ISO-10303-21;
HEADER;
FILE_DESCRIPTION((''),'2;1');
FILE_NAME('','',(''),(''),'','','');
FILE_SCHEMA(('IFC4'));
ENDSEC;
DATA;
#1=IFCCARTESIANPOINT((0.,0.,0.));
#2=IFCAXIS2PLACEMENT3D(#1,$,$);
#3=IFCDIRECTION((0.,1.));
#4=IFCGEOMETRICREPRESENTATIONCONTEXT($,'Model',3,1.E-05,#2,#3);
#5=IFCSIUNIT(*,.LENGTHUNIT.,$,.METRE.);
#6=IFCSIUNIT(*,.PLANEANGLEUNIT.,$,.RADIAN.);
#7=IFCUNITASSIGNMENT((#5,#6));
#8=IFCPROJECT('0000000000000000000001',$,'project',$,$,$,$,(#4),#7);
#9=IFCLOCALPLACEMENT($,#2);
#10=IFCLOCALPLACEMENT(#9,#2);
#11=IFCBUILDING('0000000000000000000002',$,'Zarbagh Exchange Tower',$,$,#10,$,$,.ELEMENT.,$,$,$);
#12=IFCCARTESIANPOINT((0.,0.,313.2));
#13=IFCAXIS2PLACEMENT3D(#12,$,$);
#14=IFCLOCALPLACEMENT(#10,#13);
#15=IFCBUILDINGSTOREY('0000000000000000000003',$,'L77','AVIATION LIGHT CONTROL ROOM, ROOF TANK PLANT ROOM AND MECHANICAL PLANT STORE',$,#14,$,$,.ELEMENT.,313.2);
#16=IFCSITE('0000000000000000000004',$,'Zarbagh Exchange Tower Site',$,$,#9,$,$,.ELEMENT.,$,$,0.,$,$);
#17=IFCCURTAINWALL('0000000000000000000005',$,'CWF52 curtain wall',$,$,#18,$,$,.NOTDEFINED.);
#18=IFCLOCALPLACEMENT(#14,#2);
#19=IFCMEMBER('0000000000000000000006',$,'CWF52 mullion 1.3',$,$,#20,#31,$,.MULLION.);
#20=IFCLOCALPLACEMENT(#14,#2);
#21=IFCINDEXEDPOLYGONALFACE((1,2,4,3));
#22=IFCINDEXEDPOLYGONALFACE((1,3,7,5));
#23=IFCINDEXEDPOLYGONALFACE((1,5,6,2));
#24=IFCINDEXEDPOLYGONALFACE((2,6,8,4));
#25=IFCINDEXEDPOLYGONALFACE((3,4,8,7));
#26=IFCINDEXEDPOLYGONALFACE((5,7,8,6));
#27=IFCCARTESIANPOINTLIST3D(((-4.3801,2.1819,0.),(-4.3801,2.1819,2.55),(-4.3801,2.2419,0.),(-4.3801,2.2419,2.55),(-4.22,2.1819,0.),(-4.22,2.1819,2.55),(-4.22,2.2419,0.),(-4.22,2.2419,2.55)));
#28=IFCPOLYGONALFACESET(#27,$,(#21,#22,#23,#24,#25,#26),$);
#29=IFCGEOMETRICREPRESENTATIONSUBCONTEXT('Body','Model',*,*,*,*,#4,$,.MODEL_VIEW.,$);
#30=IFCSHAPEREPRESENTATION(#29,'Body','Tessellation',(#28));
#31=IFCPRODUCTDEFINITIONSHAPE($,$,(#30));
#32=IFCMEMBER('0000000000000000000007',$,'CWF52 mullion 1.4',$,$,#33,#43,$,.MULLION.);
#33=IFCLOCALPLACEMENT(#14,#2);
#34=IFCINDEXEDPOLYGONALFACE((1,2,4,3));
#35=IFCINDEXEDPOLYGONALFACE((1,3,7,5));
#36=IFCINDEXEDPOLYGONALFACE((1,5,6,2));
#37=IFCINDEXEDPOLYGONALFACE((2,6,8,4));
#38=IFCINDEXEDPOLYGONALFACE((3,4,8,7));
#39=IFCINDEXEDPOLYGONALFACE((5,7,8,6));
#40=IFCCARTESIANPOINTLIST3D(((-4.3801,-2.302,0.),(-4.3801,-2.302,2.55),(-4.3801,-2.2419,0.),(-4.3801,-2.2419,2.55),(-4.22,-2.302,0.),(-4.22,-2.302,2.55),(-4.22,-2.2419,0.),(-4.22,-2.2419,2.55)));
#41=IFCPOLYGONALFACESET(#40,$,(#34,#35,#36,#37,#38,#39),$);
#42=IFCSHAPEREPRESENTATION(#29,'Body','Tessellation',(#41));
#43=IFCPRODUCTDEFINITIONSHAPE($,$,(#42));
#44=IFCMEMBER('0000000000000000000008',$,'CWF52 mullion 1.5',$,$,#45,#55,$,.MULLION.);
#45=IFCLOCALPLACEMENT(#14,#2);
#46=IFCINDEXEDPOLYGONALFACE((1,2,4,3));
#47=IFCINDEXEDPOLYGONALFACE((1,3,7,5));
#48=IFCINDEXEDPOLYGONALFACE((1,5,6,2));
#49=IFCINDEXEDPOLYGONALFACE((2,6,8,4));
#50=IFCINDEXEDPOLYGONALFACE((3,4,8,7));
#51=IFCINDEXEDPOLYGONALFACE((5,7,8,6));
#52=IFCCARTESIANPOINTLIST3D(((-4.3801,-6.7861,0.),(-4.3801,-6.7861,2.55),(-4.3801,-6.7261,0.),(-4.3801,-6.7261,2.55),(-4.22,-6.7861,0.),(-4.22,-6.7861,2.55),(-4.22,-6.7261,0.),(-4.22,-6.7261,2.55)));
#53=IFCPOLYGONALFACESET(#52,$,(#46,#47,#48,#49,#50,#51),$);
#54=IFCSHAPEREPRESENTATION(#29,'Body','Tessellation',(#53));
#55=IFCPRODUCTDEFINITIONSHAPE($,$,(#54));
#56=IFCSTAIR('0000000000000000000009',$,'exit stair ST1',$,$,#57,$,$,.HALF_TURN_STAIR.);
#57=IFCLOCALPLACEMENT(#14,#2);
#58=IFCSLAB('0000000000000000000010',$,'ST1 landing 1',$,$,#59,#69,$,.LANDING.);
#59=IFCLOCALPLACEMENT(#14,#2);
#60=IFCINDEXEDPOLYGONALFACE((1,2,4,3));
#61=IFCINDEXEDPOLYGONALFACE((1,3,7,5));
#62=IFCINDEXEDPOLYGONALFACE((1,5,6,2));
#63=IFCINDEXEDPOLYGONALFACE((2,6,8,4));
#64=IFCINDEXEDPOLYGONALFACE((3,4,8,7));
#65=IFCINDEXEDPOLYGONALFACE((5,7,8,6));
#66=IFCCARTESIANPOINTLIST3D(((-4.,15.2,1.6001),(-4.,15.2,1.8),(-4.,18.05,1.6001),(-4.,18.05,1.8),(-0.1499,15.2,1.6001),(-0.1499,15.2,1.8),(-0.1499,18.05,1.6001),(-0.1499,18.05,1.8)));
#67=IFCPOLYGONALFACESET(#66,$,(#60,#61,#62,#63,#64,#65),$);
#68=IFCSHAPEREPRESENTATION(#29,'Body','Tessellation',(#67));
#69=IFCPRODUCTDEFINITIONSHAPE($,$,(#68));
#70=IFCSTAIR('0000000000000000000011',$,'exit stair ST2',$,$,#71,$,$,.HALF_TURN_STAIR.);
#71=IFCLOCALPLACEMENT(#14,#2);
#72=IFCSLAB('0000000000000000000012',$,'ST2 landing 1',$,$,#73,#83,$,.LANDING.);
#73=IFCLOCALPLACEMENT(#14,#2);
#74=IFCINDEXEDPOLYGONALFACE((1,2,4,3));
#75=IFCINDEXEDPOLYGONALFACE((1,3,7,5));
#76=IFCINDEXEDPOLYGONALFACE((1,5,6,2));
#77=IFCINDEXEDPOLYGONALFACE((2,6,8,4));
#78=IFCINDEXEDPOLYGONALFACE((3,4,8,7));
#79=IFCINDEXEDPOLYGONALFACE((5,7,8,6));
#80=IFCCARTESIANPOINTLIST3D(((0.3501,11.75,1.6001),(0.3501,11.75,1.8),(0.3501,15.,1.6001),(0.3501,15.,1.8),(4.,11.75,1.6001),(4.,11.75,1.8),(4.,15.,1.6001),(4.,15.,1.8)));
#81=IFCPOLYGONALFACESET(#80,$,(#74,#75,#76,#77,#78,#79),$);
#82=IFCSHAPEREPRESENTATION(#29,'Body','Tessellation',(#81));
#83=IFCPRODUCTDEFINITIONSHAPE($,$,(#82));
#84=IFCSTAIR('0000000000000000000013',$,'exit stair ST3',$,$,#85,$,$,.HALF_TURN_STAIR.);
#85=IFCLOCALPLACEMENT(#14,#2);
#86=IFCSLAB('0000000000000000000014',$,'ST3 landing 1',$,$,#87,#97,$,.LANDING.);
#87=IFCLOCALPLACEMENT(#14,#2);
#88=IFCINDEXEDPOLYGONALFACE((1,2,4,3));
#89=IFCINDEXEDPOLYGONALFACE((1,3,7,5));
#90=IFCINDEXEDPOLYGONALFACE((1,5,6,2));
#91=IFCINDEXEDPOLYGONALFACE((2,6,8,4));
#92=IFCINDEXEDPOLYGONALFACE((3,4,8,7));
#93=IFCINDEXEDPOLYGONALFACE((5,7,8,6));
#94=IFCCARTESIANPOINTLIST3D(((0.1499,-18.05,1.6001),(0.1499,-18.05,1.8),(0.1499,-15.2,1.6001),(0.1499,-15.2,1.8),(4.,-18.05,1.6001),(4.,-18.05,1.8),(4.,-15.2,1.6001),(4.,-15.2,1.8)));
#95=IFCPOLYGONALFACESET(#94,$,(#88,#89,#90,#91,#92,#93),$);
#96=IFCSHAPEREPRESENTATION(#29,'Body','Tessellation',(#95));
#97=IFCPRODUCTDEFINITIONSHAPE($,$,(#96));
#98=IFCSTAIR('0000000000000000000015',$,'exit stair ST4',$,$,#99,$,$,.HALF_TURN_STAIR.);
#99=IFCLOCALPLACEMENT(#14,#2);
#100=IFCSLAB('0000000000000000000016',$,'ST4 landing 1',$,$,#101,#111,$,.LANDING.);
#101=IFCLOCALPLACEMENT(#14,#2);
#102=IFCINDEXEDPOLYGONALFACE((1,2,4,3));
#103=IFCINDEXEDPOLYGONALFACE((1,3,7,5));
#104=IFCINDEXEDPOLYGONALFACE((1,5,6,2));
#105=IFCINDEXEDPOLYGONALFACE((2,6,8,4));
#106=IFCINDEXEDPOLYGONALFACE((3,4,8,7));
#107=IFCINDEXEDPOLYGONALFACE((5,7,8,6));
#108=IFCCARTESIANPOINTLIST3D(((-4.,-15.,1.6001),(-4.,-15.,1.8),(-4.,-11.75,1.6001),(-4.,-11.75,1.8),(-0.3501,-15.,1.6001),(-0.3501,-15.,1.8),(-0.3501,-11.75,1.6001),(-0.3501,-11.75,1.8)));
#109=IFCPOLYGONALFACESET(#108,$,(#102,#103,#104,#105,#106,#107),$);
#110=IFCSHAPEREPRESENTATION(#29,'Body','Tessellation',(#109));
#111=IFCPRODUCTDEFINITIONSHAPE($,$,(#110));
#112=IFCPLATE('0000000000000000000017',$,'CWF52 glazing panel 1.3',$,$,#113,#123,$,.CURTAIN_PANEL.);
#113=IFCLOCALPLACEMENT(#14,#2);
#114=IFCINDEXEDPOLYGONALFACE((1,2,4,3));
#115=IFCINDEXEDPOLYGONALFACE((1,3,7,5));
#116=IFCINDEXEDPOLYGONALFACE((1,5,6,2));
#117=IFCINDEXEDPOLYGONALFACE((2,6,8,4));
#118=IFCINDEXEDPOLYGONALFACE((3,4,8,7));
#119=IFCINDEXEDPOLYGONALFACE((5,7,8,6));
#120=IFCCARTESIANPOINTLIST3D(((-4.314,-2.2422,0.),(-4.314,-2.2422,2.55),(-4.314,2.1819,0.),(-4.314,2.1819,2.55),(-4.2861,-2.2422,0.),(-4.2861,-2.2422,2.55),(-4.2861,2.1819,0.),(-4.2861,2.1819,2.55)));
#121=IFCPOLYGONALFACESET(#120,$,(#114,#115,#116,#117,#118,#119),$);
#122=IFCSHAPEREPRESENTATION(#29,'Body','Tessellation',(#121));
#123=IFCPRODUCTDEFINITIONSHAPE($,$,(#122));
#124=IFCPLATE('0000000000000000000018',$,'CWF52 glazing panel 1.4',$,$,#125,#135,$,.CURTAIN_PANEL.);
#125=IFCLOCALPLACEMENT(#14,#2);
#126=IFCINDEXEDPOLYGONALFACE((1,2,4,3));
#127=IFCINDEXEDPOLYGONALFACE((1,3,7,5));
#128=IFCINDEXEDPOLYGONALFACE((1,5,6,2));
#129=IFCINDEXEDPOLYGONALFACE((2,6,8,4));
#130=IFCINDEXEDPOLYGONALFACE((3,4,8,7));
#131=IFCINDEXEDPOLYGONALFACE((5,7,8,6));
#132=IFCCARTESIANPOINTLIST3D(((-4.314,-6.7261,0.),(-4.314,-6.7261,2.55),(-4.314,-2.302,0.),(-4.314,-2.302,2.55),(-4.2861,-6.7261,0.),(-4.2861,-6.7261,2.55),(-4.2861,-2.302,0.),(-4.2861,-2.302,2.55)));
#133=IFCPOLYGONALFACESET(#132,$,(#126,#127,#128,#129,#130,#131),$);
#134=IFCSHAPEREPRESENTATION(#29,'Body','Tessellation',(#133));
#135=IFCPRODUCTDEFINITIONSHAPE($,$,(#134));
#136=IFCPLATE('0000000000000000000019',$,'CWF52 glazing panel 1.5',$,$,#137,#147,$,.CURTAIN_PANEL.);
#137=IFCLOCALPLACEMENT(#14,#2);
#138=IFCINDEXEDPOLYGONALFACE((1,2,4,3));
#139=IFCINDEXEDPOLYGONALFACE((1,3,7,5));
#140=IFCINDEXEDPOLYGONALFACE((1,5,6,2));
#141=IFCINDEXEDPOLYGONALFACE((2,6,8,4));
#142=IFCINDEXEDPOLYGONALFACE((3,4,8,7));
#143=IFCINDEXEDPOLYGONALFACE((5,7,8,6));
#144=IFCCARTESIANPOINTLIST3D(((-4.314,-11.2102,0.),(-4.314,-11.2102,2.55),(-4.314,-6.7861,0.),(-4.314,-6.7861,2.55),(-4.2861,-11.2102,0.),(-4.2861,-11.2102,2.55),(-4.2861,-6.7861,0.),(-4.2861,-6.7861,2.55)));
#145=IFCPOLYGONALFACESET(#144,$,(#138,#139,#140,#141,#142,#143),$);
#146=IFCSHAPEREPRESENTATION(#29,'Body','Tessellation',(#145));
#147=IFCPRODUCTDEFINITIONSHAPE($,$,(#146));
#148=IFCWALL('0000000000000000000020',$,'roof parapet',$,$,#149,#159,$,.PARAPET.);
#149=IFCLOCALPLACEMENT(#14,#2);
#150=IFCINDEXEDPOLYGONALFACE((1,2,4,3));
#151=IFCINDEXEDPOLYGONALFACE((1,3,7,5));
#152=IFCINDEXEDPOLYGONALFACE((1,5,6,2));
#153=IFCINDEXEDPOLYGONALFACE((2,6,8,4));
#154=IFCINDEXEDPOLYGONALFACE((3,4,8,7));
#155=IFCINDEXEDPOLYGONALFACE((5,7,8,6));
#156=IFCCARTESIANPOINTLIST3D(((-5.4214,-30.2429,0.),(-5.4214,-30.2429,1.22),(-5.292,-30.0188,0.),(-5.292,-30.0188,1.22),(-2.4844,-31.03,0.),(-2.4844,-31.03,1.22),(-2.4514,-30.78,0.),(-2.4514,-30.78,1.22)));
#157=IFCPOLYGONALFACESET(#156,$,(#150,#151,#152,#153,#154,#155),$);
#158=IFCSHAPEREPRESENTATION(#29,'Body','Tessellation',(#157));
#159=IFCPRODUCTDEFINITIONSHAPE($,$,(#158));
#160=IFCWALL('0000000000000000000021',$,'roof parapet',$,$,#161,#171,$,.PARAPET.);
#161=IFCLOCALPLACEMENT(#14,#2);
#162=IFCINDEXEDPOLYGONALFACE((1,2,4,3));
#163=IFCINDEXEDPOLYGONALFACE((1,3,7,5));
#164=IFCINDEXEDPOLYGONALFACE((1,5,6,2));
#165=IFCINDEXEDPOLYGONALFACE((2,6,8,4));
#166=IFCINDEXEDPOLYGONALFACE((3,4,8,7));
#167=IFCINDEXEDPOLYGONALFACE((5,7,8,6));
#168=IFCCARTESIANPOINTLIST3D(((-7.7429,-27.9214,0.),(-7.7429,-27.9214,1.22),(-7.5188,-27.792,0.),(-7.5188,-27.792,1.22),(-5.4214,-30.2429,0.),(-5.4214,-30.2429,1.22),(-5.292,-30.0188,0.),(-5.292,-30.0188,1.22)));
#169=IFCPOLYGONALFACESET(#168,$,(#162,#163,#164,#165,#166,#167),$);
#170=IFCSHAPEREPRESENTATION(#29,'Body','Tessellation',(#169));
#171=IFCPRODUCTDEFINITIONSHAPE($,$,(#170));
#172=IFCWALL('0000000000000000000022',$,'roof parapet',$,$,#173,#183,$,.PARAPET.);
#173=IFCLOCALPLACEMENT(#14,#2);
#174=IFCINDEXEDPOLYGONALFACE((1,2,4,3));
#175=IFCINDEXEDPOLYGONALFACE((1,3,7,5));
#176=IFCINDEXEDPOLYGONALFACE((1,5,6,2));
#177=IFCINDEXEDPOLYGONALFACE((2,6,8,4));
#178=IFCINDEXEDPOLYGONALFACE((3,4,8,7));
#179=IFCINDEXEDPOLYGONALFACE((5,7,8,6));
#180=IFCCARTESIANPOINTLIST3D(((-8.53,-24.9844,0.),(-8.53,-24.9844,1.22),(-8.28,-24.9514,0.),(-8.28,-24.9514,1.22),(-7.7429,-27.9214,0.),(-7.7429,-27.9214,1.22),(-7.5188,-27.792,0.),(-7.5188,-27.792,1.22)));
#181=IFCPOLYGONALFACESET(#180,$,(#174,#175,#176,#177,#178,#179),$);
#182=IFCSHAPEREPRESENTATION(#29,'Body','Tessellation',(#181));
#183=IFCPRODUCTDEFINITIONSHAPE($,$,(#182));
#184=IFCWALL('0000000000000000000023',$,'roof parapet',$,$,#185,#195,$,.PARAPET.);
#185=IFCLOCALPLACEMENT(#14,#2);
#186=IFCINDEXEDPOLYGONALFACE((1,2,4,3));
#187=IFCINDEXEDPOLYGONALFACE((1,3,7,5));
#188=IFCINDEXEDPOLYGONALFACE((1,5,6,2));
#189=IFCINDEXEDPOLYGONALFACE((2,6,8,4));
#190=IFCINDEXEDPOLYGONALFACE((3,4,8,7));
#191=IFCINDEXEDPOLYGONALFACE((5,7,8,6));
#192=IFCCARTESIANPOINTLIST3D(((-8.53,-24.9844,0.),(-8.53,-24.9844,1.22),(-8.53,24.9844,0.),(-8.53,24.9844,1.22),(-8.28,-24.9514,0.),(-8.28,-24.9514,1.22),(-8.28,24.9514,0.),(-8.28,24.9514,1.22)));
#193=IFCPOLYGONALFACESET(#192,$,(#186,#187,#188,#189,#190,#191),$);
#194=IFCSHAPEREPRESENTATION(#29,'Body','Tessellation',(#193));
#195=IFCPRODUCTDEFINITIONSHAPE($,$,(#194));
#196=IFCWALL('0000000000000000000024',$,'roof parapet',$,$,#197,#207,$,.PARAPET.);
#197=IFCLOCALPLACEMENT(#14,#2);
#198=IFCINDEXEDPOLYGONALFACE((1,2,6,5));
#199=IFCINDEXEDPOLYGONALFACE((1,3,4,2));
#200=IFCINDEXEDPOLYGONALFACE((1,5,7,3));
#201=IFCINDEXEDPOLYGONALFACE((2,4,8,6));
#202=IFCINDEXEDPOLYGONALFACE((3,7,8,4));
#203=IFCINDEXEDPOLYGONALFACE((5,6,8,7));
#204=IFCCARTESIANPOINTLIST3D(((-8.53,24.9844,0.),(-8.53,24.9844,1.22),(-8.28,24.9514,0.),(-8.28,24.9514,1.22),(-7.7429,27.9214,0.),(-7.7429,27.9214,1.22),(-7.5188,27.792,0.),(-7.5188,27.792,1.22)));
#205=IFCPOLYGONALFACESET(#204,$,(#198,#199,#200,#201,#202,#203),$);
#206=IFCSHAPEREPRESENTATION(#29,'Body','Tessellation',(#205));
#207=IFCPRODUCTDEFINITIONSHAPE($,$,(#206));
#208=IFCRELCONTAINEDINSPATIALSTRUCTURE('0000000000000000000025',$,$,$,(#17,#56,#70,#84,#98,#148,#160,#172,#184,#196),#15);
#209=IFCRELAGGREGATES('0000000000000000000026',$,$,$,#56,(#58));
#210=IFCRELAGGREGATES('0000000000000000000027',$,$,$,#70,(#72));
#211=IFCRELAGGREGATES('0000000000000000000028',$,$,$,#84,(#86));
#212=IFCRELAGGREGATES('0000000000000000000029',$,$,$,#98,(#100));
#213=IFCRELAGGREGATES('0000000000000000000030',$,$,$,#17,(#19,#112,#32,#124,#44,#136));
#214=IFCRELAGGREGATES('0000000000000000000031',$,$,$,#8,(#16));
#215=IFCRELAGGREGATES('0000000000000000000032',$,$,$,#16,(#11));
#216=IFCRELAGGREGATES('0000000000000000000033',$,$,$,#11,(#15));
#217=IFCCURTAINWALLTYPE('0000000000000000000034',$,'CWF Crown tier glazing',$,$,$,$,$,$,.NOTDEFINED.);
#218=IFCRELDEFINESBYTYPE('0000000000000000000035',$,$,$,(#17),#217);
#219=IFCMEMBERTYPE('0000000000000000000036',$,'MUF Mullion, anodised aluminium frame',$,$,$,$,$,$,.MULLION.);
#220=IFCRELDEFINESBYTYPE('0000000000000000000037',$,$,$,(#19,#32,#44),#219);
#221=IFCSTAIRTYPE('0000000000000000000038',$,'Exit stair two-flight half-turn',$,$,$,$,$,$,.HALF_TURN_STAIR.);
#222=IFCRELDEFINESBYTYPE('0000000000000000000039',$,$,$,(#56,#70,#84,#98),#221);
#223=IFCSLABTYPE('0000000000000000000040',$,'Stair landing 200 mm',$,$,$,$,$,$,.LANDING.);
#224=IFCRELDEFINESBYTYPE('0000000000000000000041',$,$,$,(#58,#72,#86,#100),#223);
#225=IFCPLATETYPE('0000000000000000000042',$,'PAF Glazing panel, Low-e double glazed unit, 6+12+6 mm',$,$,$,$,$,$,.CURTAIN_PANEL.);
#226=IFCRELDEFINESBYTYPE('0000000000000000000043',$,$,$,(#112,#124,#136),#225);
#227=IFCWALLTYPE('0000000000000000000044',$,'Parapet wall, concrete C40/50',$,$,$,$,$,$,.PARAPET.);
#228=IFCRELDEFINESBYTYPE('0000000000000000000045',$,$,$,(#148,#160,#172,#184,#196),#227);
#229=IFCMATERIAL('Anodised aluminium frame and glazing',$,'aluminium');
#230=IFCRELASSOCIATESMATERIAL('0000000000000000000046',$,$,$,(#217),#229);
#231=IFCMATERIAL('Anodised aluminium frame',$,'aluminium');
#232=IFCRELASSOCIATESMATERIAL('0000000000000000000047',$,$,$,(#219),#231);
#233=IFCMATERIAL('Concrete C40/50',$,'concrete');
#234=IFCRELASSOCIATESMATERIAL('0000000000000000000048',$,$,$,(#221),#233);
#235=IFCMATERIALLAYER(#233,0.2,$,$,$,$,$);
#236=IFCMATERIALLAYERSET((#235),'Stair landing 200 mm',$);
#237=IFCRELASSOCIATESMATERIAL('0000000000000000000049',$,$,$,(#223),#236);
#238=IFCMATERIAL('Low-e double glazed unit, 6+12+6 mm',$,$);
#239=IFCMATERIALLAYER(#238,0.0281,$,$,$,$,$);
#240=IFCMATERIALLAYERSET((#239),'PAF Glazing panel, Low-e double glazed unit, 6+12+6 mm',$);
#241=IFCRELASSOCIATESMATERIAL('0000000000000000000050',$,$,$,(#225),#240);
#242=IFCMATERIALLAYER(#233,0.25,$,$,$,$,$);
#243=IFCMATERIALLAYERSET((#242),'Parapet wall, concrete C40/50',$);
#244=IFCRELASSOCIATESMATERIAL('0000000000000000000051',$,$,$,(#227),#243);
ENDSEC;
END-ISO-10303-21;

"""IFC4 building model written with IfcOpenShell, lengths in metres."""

from ifc_helpers import new_model, si_unit, direction, frame, origin, place, context, subcontext, project, spatial, polyline, outline, extrude, source, transform, mapped, material, layer, layer_set, type_object, element, aggregate, save


model = new_model("IFC4")

# Units and contexts
model_context = context("Model", 3, precision=1e-05, world=origin(), true_north=direction((0.0, 1.0)))
body_context = subcontext(model_context, "Body", "Model", "MODEL_VIEW")
ifc_project = project(units=[si_unit("LENGTHUNIT", "METRE"), si_unit("PLANEANGLEUNIT", "RADIAN")], contexts=[model_context])

# Site, building, storey
site_placement = place(None, origin())
site = spatial("IfcSite", under=ifc_project, at=site_placement, Name="Zarbagh Exchange Tower Site", CompositionType="ELEMENT", RefElevation=0.0)
building_placement = place(site_placement, origin())
building = spatial("IfcBuilding", under=site, at=building_placement, Name="Zarbagh Exchange Tower", CompositionType="ELEMENT")
storey_placement = place(building_placement, frame((0.0, 0.0, 313.2)))
storey = spatial("IfcBuildingStorey", under=building, at=storey_placement, Name="L77", Description="AVIATION LIGHT CONTROL ROOM, ROOF TANK PLANT ROOM AND MECHANICAL PLANT STORE", CompositionType="ELEMENT", Elevation=313.2)

# Curtain wall, members
ifc_material_1 = material(Name="Anodised aluminium frame and glazing", Category="aluminium")
curtain_wall_type = type_object("IfcCurtainWallType", Name="CWF Crown tier glazing", PredefinedType="NOTDEFINED", material=ifc_material_1)
curtain_wall_placement = place(storey_placement, origin())
curtain_wall = element("IfcCurtainWall", 1, at=curtain_wall_placement, inside=storey, type_object=curtain_wall_type, Name="CWF52 curtain wall", PredefinedType="NOTDEFINED")
ifc_material_2 = material(Name="Anodised aluminium frame", Category="aluminium")
member_type = type_object("IfcMemberType", Name="MUF Mullion, anodised aluminium frame", PredefinedType="MULLION", material=ifc_material_2)
shared_shape_1 = source(origin(), body_context, "Body", "SweptSolid", [
    extrude(outline(polyline([(0.0, -0.0801), (0.0601, -0.0801), (0.0601, 0.0801), (0.0, 0.0801), (0.0, -0.0801)])), origin(), (0.0, 0.0, 1.0), 2.55),
])
placement = place(storey_placement, origin())
member_1 = element("IfcMember", 2, at=placement, type_object=member_type, Name="CWF52 mullion 1.3", PredefinedType="MULLION", context=body_context, shape_type="MappedRepresentation", body=[
    mapped(shared_shape_1, transform((-4.3, 2.2419, 0.0), x_axis=(0.0, -1.0, 0.0), y_axis=(1.0, 0.0, 0.0), z_axis=(0.0, 0.0, 1.0))),
])
member_2 = element("IfcMember", 3, at=placement, type_object=member_type, Name="CWF52 mullion 1.4", PredefinedType="MULLION", context=body_context, shape_type="MappedRepresentation", body=[
    mapped(shared_shape_1, transform((-4.3, -2.2419, 0.0), x_axis=(0.0, -1.0, 0.0), y_axis=(1.0, 0.0, 0.0), z_axis=(0.0, 0.0, 1.0))),
])
member_3 = element("IfcMember", 4, at=placement, type_object=member_type, Name="CWF52 mullion 1.5", PredefinedType="MULLION", context=body_context, shape_type="MappedRepresentation", body=[
    mapped(shared_shape_1, transform((-4.3, -6.7261, 0.0), x_axis=(0.0, -1.0, 0.0), y_axis=(1.0, 0.0, 0.0), z_axis=(0.0, 0.0, 1.0))),
])

# Stairs, slabs
ifc_material_3 = material(Name="Concrete C40/50", Category="concrete")
stair_type = type_object("IfcStairType", Name="Exit stair two-flight half-turn", PredefinedType="HALF_TURN_STAIR", material=ifc_material_3)
stair_1_placement = place(storey_placement, origin())
stair_1 = element("IfcStair", 5, at=stair_1_placement, inside=storey, type_object=stair_type, Name="exit stair ST1", PredefinedType="HALF_TURN_STAIR")
ifc_layer_1 = layer(ifc_material_3, 0.2)
ifc_layer_set_1 = layer_set([ifc_layer_1], Name="Stair landing 200 mm")
slab_type = type_object("IfcSlabType", Name="Stair landing 200 mm", PredefinedType="LANDING", material=ifc_layer_set_1)
slab_1_placement = place(storey_placement, frame((0.0, 0.0, 1.6001)))
slab_1 = element("IfcSlab", 6, at=slab_1_placement, type_object=slab_type, Name="ST1 landing 1", PredefinedType="LANDING", context=body_context, shape_type="SweptSolid", body=[
    extrude(outline(polyline([(-0.1499, 18.05), (-4.0, 18.05), (-4.0, 15.2), (-0.1499, 15.2), (-0.1499, 18.05)])), origin(), (0.0, 0.0, 1.0), 0.2),
])
aggregate(stair_1, [slab_1])
stair_2_placement = place(storey_placement, origin())
stair_2 = element("IfcStair", 7, at=stair_2_placement, inside=storey, type_object=stair_type, Name="exit stair ST2", PredefinedType="HALF_TURN_STAIR")
slab_2_placement = place(storey_placement, frame((0.0, 0.0, 1.6001)))
slab_2 = element("IfcSlab", 8, at=slab_2_placement, type_object=slab_type, Name="ST2 landing 1", PredefinedType="LANDING", context=body_context, shape_type="SweptSolid", body=[
    extrude(outline(polyline([(0.3501, 11.75), (4.0, 11.75), (4.0, 15.0), (0.3501, 15.0), (0.3501, 11.75)])), origin(), (0.0, 0.0, 1.0), 0.2),
])
aggregate(stair_2, [slab_2])
stair_3_placement = place(storey_placement, origin())
stair_3 = element("IfcStair", 9, at=stair_3_placement, inside=storey, type_object=stair_type, Name="exit stair ST3", PredefinedType="HALF_TURN_STAIR")
slab_3_placement = place(storey_placement, frame((0.0, 0.0, 1.6001)))
slab_3 = element("IfcSlab", 10, at=slab_3_placement, type_object=slab_type, Name="ST3 landing 1", PredefinedType="LANDING", context=body_context, shape_type="SweptSolid", body=[
    extrude(outline(polyline([(0.1499, -18.05), (4.0, -18.05), (4.0, -15.2), (0.1499, -15.2), (0.1499, -18.05)])), origin(), (0.0, 0.0, 1.0), 0.2),
])
aggregate(stair_3, [slab_3])
stair_4_placement = place(storey_placement, origin())
stair_4 = element("IfcStair", 11, at=stair_4_placement, inside=storey, type_object=stair_type, Name="exit stair ST4", PredefinedType="HALF_TURN_STAIR")
slab_4_placement = place(storey_placement, frame((0.0, 0.0, 1.6001)))
slab_4 = element("IfcSlab", 12, at=slab_4_placement, type_object=slab_type, Name="ST4 landing 1", PredefinedType="LANDING", context=body_context, shape_type="SweptSolid", body=[
    extrude(outline(polyline([(-0.3501, -11.75), (-4.0, -11.75), (-4.0, -15.0), (-0.3501, -15.0), (-0.3501, -11.75)])), origin(), (0.0, 0.0, 1.0), 0.2),
])
aggregate(stair_4, [slab_4])

# Plates
ifc_material_4 = material(Name="Low-e double glazed unit, 6+12+6 mm")
ifc_layer_2 = layer(ifc_material_4, 0.0281)
ifc_layer_set_2 = layer_set([ifc_layer_2], Name="PAF Glazing panel, Low-e double glazed unit, 6+12+6 mm")
plate_type = type_object("IfcPlateType", Name="PAF Glazing panel, Low-e double glazed unit, 6+12+6 mm", PredefinedType="CURTAIN_PANEL", material=ifc_layer_set_2)
shared_shape_2 = source(origin(), body_context, "Body", "SweptSolid", [
    extrude(outline(polyline([(0.0, -0.0139), (4.4241, -0.0139), (4.4241, 0.0139), (0.0, 0.0139), (0.0, -0.0139)])), origin(), (0.0, 0.0, 1.0), 2.55),
])
plate_1 = element("IfcPlate", 13, at=placement, type_object=plate_type, Name="CWF52 glazing panel 1.3", PredefinedType="CURTAIN_PANEL", context=body_context, shape_type="MappedRepresentation", body=[
    mapped(shared_shape_2, transform((-4.3, 2.1819, 0.0), x_axis=(0.0, -1.0, 0.0), y_axis=(1.0, 0.0, 0.0), z_axis=(0.0, 0.0, 1.0))),
])
plate_2 = element("IfcPlate", 14, at=placement, type_object=plate_type, Name="CWF52 glazing panel 1.4", PredefinedType="CURTAIN_PANEL", context=body_context, shape_type="MappedRepresentation", body=[
    mapped(shared_shape_2, transform((-4.3, -2.302, 0.0), x_axis=(0.0, -1.0, 0.0), y_axis=(1.0, 0.0, 0.0), z_axis=(0.0, 0.0, 1.0))),
])
plate_3 = element("IfcPlate", 15, at=placement, type_object=plate_type, Name="CWF52 glazing panel 1.5", PredefinedType="CURTAIN_PANEL", context=body_context, shape_type="MappedRepresentation", body=[
    mapped(shared_shape_2, transform((-4.3, -6.7861, 0.0), x_axis=(0.0, -1.0, 0.0), y_axis=(1.0, 0.0, 0.0), z_axis=(0.0, 0.0, 1.0))),
])
aggregate(curtain_wall, [member_1, plate_1, member_2, plate_2, member_3, plate_3])

# Walls
ifc_layer_3 = layer(ifc_material_3, 0.25)
ifc_layer_set_3 = layer_set([ifc_layer_3], Name="Parapet wall, concrete C40/50")
wall_type_1 = type_object("IfcWallType", Name="Parapet wall, concrete C40/50", PredefinedType="PARAPET", material=ifc_layer_set_3)
wall_1_placement = place(storey_placement, origin())
element("IfcWall", 16, at=wall_1_placement, inside=storey, type_object=wall_type_1, Name="roof parapet", PredefinedType="PARAPET", context=body_context, shape_type="SweptSolid", body=[
    extrude(outline(polyline([(-2.4844, -31.03), (-5.4214, -30.2429), (-5.292, -30.0188), (-2.4514, -30.78), (-2.4844, -31.03)])), origin(), (0.0, 0.0, 1.0), 1.22),
])
wall_2_placement = place(storey_placement, origin())
element("IfcWall", 17, at=wall_2_placement, inside=storey, type_object=wall_type_1, Name="roof parapet", PredefinedType="PARAPET", context=body_context, shape_type="SweptSolid", body=[
    extrude(outline(polyline([(-5.4214, -30.2429), (-7.7429, -27.9214), (-7.5188, -27.792), (-5.292, -30.0188), (-5.4214, -30.2429)])), origin(), (0.0, 0.0, 1.0), 1.22),
])
wall_3_placement = place(storey_placement, origin())
element("IfcWall", 18, at=wall_3_placement, inside=storey, type_object=wall_type_1, Name="roof parapet", PredefinedType="PARAPET", context=body_context, shape_type="SweptSolid", body=[
    extrude(outline(polyline([(-7.7429, -27.9214), (-8.53, -24.9844), (-8.28, -24.9514), (-7.5188, -27.792), (-7.7429, -27.9214)])), origin(), (0.0, 0.0, 1.0), 1.22),
])
wall_4_placement = place(storey_placement, origin())
element("IfcWall", 19, at=wall_4_placement, inside=storey, type_object=wall_type_1, Name="roof parapet", PredefinedType="PARAPET", context=body_context, shape_type="SweptSolid", body=[
    extrude(outline(polyline([(-8.53, -24.9844), (-8.53, 24.9844), (-8.28, 24.9514), (-8.28, -24.9514), (-8.53, -24.9844)])), origin(), (0.0, 0.0, 1.0), 1.22),
])
wall_5_placement = place(storey_placement, origin())
element("IfcWall", 20, at=wall_5_placement, inside=storey, type_object=wall_type_1, Name="roof parapet", PredefinedType="PARAPET", context=body_context, shape_type="SweptSolid", body=[
    extrude(outline(polyline([(-8.53, 24.9844), (-7.7429, 27.9214), (-7.5188, 27.792), (-8.28, 24.9514), (-8.53, 24.9844)])), origin(), (0.0, 0.0, 1.0), 1.22),
])

save(model, "model.ifc")
